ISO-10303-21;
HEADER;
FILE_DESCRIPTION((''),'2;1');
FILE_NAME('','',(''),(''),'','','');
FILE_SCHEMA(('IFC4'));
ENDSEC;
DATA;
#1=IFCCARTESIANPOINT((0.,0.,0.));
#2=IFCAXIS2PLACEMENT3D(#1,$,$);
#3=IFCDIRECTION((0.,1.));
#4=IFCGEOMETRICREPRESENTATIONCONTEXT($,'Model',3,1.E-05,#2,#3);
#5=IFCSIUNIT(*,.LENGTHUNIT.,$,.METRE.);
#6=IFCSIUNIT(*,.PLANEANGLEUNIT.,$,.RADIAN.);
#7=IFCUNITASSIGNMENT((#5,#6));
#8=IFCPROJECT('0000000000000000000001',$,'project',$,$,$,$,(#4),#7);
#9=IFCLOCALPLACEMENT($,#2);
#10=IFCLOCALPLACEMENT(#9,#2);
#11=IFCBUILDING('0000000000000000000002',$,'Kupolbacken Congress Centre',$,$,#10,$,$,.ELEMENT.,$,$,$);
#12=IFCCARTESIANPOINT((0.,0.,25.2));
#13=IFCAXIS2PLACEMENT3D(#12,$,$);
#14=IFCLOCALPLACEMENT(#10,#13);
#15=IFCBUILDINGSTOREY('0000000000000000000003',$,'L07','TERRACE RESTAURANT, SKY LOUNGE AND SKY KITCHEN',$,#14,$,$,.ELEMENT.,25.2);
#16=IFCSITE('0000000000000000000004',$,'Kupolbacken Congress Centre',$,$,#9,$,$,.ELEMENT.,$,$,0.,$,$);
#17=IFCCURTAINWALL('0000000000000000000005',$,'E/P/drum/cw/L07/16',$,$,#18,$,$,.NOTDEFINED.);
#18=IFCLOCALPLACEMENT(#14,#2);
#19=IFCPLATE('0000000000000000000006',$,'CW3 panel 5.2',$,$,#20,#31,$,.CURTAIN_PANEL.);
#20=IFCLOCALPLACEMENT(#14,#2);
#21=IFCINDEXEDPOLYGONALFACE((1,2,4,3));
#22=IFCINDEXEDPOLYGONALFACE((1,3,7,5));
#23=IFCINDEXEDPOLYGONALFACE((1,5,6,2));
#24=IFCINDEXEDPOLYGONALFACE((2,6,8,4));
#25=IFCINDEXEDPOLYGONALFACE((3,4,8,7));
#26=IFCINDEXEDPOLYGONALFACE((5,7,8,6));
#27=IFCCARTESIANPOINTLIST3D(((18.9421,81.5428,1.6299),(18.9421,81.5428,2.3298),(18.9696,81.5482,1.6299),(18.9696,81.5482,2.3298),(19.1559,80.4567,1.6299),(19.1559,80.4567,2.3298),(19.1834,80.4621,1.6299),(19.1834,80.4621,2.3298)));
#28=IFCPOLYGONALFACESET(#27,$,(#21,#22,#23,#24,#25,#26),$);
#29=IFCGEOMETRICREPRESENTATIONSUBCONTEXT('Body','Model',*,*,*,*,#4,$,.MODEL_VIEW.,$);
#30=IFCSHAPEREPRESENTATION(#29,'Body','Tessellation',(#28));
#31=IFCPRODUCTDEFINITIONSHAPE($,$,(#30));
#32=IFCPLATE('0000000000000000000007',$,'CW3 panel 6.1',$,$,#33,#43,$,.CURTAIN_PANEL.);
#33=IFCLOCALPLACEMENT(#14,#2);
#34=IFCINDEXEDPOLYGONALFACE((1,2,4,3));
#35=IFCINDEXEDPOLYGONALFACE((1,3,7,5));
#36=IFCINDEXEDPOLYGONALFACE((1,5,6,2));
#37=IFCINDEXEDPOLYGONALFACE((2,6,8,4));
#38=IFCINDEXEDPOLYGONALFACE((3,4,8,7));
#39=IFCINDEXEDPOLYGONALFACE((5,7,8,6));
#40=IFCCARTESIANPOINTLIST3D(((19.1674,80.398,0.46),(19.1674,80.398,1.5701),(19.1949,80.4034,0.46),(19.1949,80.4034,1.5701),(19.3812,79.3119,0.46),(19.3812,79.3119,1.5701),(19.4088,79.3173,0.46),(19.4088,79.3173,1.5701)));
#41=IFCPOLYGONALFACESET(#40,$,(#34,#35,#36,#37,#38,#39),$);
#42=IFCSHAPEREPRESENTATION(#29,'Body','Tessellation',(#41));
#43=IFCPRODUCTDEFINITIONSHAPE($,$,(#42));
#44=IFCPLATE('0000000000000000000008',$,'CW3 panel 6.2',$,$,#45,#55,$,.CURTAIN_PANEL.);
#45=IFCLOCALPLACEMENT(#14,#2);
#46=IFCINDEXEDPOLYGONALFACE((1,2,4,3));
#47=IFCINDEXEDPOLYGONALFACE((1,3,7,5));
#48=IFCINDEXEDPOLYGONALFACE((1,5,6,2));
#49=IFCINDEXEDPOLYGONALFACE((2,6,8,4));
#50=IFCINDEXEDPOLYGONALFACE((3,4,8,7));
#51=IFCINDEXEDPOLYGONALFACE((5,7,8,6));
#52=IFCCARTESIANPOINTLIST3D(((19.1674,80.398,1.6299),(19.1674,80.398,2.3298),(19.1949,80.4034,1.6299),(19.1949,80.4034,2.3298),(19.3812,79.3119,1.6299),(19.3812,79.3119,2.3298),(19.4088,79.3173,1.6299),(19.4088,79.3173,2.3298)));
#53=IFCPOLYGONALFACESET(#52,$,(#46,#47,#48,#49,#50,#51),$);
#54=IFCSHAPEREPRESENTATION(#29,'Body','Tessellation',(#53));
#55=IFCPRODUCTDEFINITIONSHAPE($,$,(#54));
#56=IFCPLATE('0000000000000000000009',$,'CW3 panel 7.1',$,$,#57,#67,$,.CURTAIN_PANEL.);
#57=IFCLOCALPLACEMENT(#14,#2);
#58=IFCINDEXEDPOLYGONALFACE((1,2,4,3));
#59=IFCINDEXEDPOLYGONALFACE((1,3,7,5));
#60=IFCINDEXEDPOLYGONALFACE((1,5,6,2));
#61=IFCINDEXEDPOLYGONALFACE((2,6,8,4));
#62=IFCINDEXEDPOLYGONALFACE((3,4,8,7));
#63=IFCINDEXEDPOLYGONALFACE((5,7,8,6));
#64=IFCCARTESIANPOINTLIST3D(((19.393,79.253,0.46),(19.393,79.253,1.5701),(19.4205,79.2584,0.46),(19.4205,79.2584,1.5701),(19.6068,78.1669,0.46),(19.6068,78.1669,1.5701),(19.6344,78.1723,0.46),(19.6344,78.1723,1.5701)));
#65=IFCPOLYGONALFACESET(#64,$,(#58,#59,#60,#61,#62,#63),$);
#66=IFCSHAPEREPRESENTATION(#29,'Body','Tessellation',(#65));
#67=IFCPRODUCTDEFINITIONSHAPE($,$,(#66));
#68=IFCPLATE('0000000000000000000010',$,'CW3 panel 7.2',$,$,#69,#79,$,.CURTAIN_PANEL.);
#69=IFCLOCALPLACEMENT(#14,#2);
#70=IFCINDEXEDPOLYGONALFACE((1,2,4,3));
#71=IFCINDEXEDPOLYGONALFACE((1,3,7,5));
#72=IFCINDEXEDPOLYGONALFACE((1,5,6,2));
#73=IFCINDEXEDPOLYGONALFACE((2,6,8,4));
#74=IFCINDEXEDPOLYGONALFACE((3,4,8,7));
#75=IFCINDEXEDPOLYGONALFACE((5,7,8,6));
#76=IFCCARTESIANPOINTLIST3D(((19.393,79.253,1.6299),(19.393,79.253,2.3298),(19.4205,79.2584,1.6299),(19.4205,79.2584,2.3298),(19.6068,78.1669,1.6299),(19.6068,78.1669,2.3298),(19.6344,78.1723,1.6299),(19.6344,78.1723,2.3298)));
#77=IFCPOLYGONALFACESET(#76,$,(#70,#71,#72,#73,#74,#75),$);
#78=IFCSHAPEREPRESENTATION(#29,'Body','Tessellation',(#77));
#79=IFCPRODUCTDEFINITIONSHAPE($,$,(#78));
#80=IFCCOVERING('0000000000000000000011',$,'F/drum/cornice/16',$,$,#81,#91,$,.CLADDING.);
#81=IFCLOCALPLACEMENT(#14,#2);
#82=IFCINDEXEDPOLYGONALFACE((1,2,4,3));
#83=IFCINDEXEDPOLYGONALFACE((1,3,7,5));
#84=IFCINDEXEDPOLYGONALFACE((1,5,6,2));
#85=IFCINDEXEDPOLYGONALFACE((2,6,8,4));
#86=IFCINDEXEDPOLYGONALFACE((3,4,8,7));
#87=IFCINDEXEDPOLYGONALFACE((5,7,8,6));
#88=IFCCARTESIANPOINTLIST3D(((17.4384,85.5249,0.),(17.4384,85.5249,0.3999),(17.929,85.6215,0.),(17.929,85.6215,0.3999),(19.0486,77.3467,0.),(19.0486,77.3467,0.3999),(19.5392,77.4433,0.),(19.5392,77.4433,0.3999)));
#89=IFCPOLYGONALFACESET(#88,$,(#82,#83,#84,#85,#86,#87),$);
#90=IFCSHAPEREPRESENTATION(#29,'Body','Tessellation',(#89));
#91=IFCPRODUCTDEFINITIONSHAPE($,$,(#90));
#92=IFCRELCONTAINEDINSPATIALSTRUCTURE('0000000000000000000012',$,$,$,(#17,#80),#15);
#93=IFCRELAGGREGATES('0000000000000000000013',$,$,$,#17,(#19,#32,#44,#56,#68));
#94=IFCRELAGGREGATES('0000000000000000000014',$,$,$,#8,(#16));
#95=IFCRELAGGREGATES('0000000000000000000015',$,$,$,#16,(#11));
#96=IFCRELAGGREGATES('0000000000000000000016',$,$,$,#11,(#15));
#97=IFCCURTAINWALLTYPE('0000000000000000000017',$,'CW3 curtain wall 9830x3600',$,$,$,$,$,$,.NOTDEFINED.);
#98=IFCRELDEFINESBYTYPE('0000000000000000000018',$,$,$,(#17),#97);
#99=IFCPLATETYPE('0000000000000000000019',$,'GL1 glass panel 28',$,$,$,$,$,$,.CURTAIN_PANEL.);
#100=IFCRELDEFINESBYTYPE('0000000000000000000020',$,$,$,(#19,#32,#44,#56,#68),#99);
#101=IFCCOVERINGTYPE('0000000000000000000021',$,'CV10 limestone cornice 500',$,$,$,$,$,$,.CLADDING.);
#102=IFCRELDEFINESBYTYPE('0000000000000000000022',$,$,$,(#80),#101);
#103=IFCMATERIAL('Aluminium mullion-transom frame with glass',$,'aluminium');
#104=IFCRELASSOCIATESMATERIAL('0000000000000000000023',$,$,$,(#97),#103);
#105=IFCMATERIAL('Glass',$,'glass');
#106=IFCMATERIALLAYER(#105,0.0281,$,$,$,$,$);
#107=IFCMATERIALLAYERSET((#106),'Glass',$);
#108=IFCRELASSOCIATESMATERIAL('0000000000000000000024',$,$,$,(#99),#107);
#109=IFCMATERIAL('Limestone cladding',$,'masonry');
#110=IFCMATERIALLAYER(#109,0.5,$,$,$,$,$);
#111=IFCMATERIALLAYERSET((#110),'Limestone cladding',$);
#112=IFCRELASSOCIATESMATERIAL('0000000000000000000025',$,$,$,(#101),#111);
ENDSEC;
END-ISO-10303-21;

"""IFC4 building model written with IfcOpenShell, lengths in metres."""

from ifc_helpers import new_model, si_unit, direction, frame, origin, origin_2d, place, context, subcontext, project, spatial, rectangle, extrude, material, layer, layer_set, type_object, element, aggregate, save


model = new_model("IFC4")

# Units and contexts
model_context = context("Model", 3, precision=1e-05, world=origin(), true_north=direction((0.0, 1.0)))
body_context = subcontext(model_context, "Body", "Model", "MODEL_VIEW")
ifc_project = project(units=[si_unit("LENGTHUNIT", "METRE"), si_unit("PLANEANGLEUNIT", "RADIAN")], contexts=[model_context])

# Site, building, storey
site_placement = place(None, origin())
site = spatial("IfcSite", under=ifc_project, at=site_placement, Name="Kupolbacken Congress Centre", CompositionType="ELEMENT", RefElevation=0.0)
building_placement = place(site_placement, origin())
building = spatial("IfcBuilding", under=site, at=building_placement, Name="Kupolbacken Congress Centre", CompositionType="ELEMENT")
storey_placement = place(building_placement, frame((0.0, 0.0, 25.2)))
storey = spatial("IfcBuildingStorey", under=building, at=storey_placement, Name="L07", Description="TERRACE RESTAURANT, SKY LOUNGE AND SKY KITCHEN", CompositionType="ELEMENT", Elevation=25.2)

# Curtain wall, plates
ifc_material_1 = material(Name="Aluminium mullion-transom frame with glass", Category="aluminium")
curtain_wall_type = type_object("IfcCurtainWallType", Name="CW3 curtain wall 9830x3600", PredefinedType="NOTDEFINED", material=ifc_material_1)
curtain_wall_placement = place(storey_placement, origin())
curtain_wall = element("IfcCurtainWall", 1, at=curtain_wall_placement, inside=storey, type_object=curtain_wall_type, Name="E/P/drum/cw/L07/16", PredefinedType="NOTDEFINED")
ifc_material_2 = material(Name="Glass", Category="glass")
ifc_layer_1 = layer(ifc_material_2, 0.0281)
ifc_layer_set_1 = layer_set([ifc_layer_1], Name="Glass")
plate_type = type_object("IfcPlateType", Name="GL1 glass panel 28", PredefinedType="CURTAIN_PANEL", material=ifc_layer_set_1)
plate_1_placement = place(storey_placement, frame((19.0627, 81.0024, 1.6299), z_axis=(0.0, 0.0, 1.0), x_axis=(0.193182, -0.981163, 0.0)))
plate_1 = element("IfcPlate", 2, at=plate_1_placement, type_object=plate_type, Name="CW3 panel 5.2", PredefinedType="CURTAIN_PANEL", context=body_context, shape_type="SweptSolid", body=[
    extrude(rectangle(XDim=1.1069, YDim=0.0281, at=origin_2d()), origin(), (0.0, 0.0, 1.0), 0.7),
])
plate_2_placement = place(storey_placement, frame((19.2881, 79.8577, 0.46), z_axis=(0.0, 0.0, 1.0), x_axis=(0.193182, -0.981163, 0.0)))
plate_2 = element("IfcPlate", 3, at=plate_2_placement, type_object=plate_type, Name="CW3 panel 6.1", PredefinedType="CURTAIN_PANEL", context=body_context, shape_type="SweptSolid", body=[
    extrude(rectangle(XDim=1.1069, YDim=0.0281, at=origin_2d()), origin(), (0.0, 0.0, 1.0), 1.1101),
])
plate_3_placement = place(storey_placement, frame((19.2881, 79.8577, 1.6299), z_axis=(0.0, 0.0, 1.0), x_axis=(0.193182, -0.981163, 0.0)))
plate_3 = element("IfcPlate", 4, at=plate_3_placement, type_object=plate_type, Name="CW3 panel 6.2", PredefinedType="CURTAIN_PANEL", context=body_context, shape_type="SweptSolid", body=[
    extrude(rectangle(XDim=1.1069, YDim=0.0281, at=origin_2d()), origin(), (0.0, 0.0, 1.0), 0.7),
])
plate_4_placement = place(storey_placement, frame((19.5137, 78.7126, 0.46), z_axis=(0.0, 0.0, 1.0), x_axis=(0.193182, -0.981163, 0.0)))
plate_4 = element("IfcPlate", 5, at=plate_4_placement, type_object=plate_type, Name="CW3 panel 7.1", PredefinedType="CURTAIN_PANEL", context=body_context, shape_type="SweptSolid", body=[
    extrude(rectangle(XDim=1.1069, YDim=0.0281, at=origin_2d()), origin(), (0.0, 0.0, 1.0), 1.1101),
])
plate_5_placement = place(storey_placement, frame((19.5137, 78.7126, 1.6299), z_axis=(0.0, 0.0, 1.0), x_axis=(0.193182, -0.981163, 0.0)))
plate_5 = element("IfcPlate", 6, at=plate_5_placement, type_object=plate_type, Name="CW3 panel 7.2", PredefinedType="CURTAIN_PANEL", context=body_context, shape_type="SweptSolid", body=[
    extrude(rectangle(XDim=1.1069, YDim=0.0281, at=origin_2d()), origin(), (0.0, 0.0, 1.0), 0.7),
])
aggregate(curtain_wall, [plate_1, plate_2, plate_3, plate_4, plate_5])

# Covering
ifc_material_3 = material(Name="Limestone cladding", Category="masonry")
ifc_layer_2 = layer(ifc_material_3, 0.5)
ifc_layer_set_2 = layer_set([ifc_layer_2], Name="Limestone cladding")
covering_type = type_object("IfcCoveringType", Name="CV10 limestone cornice 500", PredefinedType="CLADDING", material=ifc_layer_set_2)
covering_placement = place(storey_placement, frame((18.4888, 81.4841, 0.0), z_axis=(0.0, 0.0, 1.0), x_axis=(0.193182, -0.981163, 0.0)))
element("IfcCovering", 7, at=covering_placement, inside=storey, type_object=covering_type, Name="F/drum/cornice/16", PredefinedType="CLADDING", context=body_context, shape_type="SweptSolid", body=[
    extrude(rectangle(XDim=8.3352, YDim=0.5, at=origin_2d()), origin(), (0.0, 0.0, 1.0), 0.3999),
])

save(model, "model.ifc")
